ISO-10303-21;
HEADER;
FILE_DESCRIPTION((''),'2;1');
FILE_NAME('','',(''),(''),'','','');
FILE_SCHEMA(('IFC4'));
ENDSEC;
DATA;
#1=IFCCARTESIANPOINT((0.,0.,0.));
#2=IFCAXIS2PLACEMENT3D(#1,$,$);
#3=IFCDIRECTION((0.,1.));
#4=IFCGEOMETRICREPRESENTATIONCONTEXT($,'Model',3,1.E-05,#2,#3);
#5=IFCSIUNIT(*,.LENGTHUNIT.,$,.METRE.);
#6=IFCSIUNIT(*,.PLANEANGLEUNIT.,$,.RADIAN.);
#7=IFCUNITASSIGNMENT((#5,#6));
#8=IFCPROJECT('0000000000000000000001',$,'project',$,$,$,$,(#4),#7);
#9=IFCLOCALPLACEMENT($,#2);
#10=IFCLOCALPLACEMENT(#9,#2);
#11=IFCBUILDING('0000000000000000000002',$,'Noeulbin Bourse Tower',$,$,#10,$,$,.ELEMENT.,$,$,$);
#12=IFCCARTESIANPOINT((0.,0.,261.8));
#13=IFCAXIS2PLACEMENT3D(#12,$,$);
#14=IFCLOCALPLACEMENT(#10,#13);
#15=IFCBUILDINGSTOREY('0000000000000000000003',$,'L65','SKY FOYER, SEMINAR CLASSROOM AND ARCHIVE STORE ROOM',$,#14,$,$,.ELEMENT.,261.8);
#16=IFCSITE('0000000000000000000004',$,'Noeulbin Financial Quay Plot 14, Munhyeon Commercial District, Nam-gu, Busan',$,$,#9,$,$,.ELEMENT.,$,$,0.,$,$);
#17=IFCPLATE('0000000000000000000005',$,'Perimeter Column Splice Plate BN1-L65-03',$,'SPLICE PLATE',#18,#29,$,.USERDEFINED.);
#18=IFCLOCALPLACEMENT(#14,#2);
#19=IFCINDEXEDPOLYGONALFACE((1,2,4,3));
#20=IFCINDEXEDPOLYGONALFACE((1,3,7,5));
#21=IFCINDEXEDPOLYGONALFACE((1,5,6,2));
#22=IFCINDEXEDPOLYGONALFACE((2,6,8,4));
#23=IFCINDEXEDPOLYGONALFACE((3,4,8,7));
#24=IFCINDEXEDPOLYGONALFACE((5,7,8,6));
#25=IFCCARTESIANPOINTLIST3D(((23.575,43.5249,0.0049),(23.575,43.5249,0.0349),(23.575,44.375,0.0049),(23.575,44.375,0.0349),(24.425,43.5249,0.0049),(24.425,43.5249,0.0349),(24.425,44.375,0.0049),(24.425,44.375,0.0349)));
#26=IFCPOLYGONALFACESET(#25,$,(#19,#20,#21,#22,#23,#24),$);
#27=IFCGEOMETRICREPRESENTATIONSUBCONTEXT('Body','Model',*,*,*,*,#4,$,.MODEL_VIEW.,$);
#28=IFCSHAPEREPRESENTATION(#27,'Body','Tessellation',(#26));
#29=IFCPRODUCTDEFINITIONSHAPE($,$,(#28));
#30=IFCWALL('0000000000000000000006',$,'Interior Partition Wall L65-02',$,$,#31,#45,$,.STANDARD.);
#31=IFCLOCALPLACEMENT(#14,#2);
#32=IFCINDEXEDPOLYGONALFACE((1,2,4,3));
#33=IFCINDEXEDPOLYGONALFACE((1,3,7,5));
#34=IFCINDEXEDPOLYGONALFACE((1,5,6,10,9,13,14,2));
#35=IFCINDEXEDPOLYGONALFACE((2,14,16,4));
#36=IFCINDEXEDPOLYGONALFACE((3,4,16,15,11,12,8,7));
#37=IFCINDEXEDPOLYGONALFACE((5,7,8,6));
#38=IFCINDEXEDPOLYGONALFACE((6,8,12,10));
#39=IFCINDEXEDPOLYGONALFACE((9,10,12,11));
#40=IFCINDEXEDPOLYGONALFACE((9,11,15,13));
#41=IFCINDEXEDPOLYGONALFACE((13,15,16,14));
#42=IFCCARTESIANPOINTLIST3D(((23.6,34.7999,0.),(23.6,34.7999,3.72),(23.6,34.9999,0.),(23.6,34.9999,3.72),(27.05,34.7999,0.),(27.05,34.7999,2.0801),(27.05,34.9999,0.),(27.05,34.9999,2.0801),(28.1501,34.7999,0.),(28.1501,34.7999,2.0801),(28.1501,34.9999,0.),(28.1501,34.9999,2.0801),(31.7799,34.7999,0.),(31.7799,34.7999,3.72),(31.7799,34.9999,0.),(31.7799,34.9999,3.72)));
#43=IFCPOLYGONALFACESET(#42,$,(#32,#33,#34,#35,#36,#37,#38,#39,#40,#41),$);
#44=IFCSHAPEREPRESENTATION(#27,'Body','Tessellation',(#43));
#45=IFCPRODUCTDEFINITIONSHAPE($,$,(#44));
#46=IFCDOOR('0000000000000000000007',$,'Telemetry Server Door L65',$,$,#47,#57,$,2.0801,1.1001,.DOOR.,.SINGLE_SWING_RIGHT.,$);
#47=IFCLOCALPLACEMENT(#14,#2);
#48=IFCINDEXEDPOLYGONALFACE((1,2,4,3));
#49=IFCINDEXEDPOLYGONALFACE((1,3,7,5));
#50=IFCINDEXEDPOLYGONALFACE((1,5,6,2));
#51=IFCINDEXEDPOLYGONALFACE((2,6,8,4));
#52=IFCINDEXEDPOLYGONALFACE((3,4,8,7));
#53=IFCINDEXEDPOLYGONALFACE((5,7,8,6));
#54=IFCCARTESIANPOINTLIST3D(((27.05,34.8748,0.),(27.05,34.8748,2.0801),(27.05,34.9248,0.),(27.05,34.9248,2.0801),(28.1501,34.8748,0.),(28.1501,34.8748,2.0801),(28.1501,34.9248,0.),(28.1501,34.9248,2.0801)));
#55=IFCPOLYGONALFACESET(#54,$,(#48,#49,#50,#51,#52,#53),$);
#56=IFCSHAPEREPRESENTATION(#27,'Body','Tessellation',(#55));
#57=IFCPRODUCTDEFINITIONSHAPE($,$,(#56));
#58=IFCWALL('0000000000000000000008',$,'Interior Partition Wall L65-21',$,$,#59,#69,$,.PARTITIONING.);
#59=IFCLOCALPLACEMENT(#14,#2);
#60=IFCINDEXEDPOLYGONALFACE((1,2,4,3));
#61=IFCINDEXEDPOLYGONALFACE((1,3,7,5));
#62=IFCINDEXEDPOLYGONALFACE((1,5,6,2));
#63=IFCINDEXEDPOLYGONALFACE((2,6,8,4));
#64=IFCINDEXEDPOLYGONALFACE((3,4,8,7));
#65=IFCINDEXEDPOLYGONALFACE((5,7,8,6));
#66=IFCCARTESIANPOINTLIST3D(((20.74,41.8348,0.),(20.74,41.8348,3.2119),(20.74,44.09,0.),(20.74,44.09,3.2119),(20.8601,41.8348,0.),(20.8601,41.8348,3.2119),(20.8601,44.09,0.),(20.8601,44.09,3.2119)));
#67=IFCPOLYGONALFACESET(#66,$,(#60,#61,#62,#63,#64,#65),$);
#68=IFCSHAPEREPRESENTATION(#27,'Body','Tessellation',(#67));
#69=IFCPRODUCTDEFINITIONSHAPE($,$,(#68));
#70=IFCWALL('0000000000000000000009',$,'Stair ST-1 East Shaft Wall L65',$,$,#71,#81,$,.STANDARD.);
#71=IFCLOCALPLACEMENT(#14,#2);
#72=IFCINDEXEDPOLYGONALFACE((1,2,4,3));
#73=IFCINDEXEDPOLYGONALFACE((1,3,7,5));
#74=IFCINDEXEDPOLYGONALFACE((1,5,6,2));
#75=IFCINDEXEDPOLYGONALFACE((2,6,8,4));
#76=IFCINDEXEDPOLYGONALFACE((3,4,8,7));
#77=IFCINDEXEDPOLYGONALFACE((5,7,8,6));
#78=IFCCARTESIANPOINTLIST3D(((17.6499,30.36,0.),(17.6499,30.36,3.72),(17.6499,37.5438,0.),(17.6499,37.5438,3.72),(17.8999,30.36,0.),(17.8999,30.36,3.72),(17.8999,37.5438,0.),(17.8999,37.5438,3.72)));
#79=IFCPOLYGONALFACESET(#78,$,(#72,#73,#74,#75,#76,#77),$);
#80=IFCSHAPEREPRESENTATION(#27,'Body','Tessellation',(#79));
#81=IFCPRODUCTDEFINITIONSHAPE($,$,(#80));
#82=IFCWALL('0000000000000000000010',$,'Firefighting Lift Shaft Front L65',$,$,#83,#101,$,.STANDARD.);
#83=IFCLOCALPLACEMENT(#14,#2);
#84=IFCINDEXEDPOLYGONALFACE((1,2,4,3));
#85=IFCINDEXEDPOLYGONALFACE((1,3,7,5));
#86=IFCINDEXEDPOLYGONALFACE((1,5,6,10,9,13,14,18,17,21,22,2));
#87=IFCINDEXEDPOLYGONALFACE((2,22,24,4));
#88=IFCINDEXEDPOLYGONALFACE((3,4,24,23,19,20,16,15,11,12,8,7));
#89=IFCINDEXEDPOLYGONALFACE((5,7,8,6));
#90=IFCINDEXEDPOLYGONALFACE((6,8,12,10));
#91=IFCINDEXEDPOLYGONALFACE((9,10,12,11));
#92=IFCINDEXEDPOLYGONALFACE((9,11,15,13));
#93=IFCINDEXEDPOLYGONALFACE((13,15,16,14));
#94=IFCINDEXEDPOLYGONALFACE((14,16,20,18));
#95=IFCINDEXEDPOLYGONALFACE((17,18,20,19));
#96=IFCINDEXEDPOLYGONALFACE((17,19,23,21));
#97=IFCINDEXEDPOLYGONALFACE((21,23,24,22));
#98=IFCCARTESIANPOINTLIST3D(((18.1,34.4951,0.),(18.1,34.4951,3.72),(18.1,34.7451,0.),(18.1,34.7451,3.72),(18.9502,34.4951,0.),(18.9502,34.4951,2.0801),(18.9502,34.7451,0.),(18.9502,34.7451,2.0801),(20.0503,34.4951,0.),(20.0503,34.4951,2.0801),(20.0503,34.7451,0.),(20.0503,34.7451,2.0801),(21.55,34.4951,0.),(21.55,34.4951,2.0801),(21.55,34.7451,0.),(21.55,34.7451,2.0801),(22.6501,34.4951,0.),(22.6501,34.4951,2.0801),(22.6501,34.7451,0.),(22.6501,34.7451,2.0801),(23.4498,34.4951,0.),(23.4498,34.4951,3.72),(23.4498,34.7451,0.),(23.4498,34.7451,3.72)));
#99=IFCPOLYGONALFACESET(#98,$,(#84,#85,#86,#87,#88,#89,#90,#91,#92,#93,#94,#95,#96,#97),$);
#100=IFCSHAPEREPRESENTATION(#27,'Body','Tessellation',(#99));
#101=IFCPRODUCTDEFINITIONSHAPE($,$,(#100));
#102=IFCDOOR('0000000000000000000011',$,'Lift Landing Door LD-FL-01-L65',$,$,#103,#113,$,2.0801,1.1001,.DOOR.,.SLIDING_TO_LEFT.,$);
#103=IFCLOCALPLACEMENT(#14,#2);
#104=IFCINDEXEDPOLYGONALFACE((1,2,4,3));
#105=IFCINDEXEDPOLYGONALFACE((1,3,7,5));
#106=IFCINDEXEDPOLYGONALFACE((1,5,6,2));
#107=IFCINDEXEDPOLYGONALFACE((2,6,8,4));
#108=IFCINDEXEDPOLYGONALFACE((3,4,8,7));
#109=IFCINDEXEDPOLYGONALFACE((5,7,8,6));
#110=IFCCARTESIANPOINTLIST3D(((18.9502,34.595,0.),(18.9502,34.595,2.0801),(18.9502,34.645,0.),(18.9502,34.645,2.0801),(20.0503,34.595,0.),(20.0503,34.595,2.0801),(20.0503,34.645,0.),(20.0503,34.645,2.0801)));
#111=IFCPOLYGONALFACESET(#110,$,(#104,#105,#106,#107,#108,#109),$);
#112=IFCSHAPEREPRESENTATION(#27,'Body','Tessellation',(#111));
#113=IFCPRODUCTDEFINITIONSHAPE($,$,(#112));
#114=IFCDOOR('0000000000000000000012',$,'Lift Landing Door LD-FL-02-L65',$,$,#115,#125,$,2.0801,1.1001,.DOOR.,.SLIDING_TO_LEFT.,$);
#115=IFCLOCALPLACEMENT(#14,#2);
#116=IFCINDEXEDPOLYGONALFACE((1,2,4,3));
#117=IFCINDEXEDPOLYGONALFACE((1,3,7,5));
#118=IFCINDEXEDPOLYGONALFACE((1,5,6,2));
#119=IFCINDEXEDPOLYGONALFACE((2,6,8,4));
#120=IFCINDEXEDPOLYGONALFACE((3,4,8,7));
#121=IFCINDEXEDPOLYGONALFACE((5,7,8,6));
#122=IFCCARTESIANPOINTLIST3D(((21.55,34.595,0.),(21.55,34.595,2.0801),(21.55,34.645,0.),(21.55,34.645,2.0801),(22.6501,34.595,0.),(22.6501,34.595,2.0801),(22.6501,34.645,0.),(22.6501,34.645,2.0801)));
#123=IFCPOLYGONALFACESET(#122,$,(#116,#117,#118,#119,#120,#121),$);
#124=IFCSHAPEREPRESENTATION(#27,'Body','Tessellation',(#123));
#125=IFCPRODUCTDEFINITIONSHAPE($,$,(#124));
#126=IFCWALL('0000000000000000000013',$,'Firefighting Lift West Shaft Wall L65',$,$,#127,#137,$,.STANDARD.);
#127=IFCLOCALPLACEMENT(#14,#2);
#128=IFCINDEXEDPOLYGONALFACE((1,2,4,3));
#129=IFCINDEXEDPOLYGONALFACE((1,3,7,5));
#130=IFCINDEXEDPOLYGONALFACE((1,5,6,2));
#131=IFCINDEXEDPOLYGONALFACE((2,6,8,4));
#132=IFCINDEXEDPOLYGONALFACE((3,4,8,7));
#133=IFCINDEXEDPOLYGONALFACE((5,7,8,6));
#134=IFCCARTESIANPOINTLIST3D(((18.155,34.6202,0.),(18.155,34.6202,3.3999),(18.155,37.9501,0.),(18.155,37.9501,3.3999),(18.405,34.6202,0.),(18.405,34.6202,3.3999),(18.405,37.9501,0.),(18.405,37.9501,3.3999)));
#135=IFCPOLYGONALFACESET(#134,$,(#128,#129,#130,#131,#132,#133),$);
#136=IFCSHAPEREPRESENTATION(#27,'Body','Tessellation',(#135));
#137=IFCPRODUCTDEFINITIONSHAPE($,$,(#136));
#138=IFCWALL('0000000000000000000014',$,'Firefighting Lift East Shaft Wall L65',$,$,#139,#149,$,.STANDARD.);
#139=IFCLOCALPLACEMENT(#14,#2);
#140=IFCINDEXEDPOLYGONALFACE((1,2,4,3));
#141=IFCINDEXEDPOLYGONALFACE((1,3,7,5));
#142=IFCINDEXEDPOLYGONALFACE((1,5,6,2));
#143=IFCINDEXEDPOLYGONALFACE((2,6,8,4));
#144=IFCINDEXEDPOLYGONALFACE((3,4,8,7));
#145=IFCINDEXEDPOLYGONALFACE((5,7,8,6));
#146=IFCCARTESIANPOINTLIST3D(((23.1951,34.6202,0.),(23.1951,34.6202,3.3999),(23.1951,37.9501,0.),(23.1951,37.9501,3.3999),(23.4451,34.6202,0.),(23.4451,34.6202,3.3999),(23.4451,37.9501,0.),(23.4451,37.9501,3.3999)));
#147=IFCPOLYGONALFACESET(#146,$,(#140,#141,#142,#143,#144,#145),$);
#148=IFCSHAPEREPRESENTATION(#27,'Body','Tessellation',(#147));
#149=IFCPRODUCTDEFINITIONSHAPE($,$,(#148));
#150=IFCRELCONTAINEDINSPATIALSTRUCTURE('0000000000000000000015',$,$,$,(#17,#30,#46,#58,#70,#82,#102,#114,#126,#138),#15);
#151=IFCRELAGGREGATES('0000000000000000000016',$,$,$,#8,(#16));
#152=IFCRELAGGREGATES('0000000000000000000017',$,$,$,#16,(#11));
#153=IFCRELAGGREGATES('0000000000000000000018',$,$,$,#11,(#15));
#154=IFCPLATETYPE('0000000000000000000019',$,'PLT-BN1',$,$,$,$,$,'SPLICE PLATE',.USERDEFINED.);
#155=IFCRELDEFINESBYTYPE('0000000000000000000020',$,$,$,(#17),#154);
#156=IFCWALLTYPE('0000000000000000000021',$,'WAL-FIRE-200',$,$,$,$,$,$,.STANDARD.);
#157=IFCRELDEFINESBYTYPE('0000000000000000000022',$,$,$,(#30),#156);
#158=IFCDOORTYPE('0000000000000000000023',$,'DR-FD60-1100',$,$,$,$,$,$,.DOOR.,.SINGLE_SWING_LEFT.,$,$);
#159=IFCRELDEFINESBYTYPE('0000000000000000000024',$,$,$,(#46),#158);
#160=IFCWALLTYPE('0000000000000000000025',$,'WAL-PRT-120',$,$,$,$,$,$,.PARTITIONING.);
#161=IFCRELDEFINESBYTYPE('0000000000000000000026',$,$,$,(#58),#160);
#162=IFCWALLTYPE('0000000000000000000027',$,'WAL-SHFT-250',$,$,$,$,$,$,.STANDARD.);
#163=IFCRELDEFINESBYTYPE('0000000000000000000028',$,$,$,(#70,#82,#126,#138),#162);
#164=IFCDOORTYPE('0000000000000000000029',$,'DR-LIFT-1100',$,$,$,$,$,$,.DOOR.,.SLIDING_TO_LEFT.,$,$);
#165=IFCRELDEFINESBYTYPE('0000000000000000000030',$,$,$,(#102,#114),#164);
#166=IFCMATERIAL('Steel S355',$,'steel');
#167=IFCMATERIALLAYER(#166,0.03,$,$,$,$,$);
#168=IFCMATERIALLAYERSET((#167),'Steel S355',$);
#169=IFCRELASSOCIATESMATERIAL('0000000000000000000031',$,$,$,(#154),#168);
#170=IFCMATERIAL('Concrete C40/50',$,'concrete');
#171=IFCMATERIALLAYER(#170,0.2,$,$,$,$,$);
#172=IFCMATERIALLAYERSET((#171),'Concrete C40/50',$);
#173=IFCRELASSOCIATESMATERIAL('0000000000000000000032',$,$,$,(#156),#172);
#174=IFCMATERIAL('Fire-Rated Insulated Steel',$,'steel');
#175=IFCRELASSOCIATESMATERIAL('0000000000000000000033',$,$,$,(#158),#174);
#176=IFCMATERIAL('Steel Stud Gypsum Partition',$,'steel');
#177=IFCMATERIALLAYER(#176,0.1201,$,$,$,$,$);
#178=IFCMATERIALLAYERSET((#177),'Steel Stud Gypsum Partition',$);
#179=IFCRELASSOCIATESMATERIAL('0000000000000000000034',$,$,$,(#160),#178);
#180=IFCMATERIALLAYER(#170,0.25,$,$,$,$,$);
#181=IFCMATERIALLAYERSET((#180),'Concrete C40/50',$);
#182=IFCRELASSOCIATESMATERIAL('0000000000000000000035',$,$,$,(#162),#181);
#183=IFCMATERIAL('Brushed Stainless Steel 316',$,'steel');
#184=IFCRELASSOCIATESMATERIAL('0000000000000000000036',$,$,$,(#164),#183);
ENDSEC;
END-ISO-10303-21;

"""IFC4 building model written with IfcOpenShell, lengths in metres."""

from ifc_helpers import new_model, si_unit, direction, frame, frame_2d, origin, origin_2d, place, context, subcontext, project, spatial, rectangle, extrude, material, layer, layer_set, type_object, element, fill, save


model = new_model("IFC4")

# Units and contexts
model_context = context("Model", 3, precision=1e-05, world=origin(), true_north=direction((0.0, 1.0)))
body_context = subcontext(model_context, "Body", "Model", "MODEL_VIEW")
ifc_project = project(units=[si_unit("LENGTHUNIT", "METRE"), si_unit("PLANEANGLEUNIT", "RADIAN")], contexts=[model_context])

# Site, building, storey
site_placement = place(None, origin())
site = spatial("IfcSite", under=ifc_project, at=site_placement, Name="Noeulbin Financial Quay Plot 14, Munhyeon Commercial District, Nam-gu, Busan", CompositionType="ELEMENT", RefElevation=0.0)
building_placement = place(site_placement, origin())
building = spatial("IfcBuilding", under=site, at=building_placement, Name="Noeulbin Bourse Tower", CompositionType="ELEMENT")
storey_placement = place(building_placement, frame((0.0, 0.0, 261.8)))
storey = spatial("IfcBuildingStorey", under=building, at=storey_placement, Name="L65", Description="SKY FOYER, SEMINAR CLASSROOM AND ARCHIVE STORE ROOM", CompositionType="ELEMENT", Elevation=261.8)

# Shared definitions
ifc_material_1 = material(Name="Steel S355", Category="steel")

# Plate
ifc_layer_1 = layer(ifc_material_1, 0.03)
ifc_layer_set_1 = layer_set([ifc_layer_1], Name="Steel S355")
plate_type_1 = type_object("IfcPlateType", Name="PLT-BN1", ElementType="SPLICE PLATE", PredefinedType="USERDEFINED", material=ifc_layer_set_1)
for number, where, z_axis, x_axis, name in (
    (1, (24.0, 43.95, 0.0049), (0.0, 0.0, 1.0), (1.0, 0.0, 0.0), "Perimeter Column Splice Plate BN1-L65-03"),
):
    element("IfcPlate", number, at=place(storey_placement, frame(where, z_axis=z_axis, x_axis=x_axis)), inside=storey, type_object=plate_type_1, Name=name, ObjectType="SPLICE PLATE", PredefinedType="USERDEFINED", context=body_context, shape_type="SweptSolid", body=[
        extrude(rectangle(XDim=0.8501, YDim=0.8501, at=origin_2d()), origin(), (0.0, 0.0, 1.0), 0.03),
    ])

# Wall, opening, door
ifc_material_2 = material(Name="Concrete C40/50", Category="concrete")
ifc_layer_2 = layer(ifc_material_2, 0.2)
ifc_layer_set_2 = layer_set([ifc_layer_2], Name="Concrete C40/50")
wall_type_1 = type_object("IfcWallType", Name="WAL-FIRE-200", PredefinedType="STANDARD", material=ifc_layer_set_2)
wall_1_placement = place(storey_placement, frame((23.6001, 34.8999, 0.0), z_axis=(0.0, 0.0, 1.0), x_axis=(1.0, 0.0, 0.0)))
wall_1 = element("IfcWall", 2, at=wall_1_placement, inside=storey, type_object=wall_type_1, Name="Interior Partition Wall L65-02", PredefinedType="STANDARD", context=body_context, shape_type="SweptSolid", body=[
    extrude(rectangle(XDim=8.1799, YDim=0.2, at=frame_2d((4.0898, 0.0))), origin(), (0.0, 0.0, 1.0), 3.72),
])
opening_1_placement = place(wall_1_placement, frame((3.45, 0.0, 0.0)))
opening_1 = element("IfcOpeningElement", 3, at=opening_1_placement, cuts=wall_1, PredefinedType="OPENING", context=body_context, shape_type="SweptSolid", body=[
    extrude(rectangle(XDim=1.1001, YDim=2.0801, at=frame_2d((0.55, 1.04))), frame((0.0, 0.1099, 0.0), z_axis=(0.0, -1.0, 0.0), x_axis=(1.0, 0.0, 0.0)), (0.0, 0.0, 1.0), 0.22),
])
ifc_material_3 = material(Name="Fire-Rated Insulated Steel", Category="steel")
door_type_1 = type_object("IfcDoorType", Name="DR-FD60-1100", OperationType="SINGLE_SWING_LEFT", PredefinedType="DOOR", material=ifc_material_3)
door_1_placement = place(opening_1_placement, origin())
door_1 = element("IfcDoor", 4, at=door_1_placement, inside=storey, type_object=door_type_1, Name="Telemetry Server Door L65", OperationType="SINGLE_SWING_RIGHT", OverallHeight=2.0801, OverallWidth=1.1001, PredefinedType="DOOR", context=body_context, shape_type="SweptSolid", body=[
    extrude(rectangle(XDim=1.1001, YDim=2.0801, at=frame_2d((0.55, 1.04))), frame((0.0, 0.0249, 0.0), z_axis=(0.0, -1.0, 0.0), x_axis=(1.0, 0.0, 0.0)), (0.0, 0.0, 1.0), 0.05),
])
fill(opening_1, door_1)

# Walls
ifc_material_4 = material(Name="Steel Stud Gypsum Partition", Category="steel")
ifc_layer_3 = layer(ifc_material_4, 0.1201)
ifc_layer_set_3 = layer_set([ifc_layer_3], Name="Steel Stud Gypsum Partition")
wall_type_2 = type_object("IfcWallType", Name="WAL-PRT-120", PredefinedType="PARTITIONING", material=ifc_layer_set_3)
wall_2_placement = place(storey_placement, frame((20.8, 41.835, 0.0), z_axis=(0.0, 0.0, 1.0), x_axis=(0.0, 1.0, 0.0)))
element("IfcWall", 5, at=wall_2_placement, inside=storey, type_object=wall_type_2, Name="Interior Partition Wall L65-21", PredefinedType="PARTITIONING", context=body_context, shape_type="SweptSolid", body=[
    extrude(rectangle(XDim=2.2551, YDim=0.1201, at=frame_2d((1.1274, 0.0))), origin(), (0.0, 0.0, 1.0), 3.2119),
])
ifc_layer_4 = layer(ifc_material_2, 0.25)
ifc_layer_set_4 = layer_set([ifc_layer_4], Name="Concrete C40/50")
wall_type_3 = type_object("IfcWallType", Name="WAL-SHFT-250", PredefinedType="STANDARD", material=ifc_layer_set_4)
wall_3_placement = place(storey_placement, frame((17.7749, 30.3601, 0.0), z_axis=(0.0, 0.0, 1.0), x_axis=(0.0, 1.0, 0.0)))
element("IfcWall", 6, at=wall_3_placement, inside=storey, type_object=wall_type_3, Name="Stair ST-1 East Shaft Wall L65", PredefinedType="STANDARD", context=body_context, shape_type="SweptSolid", body=[
    extrude(rectangle(XDim=7.1838, YDim=0.25, at=frame_2d((3.5918, 0.0))), origin(), (0.0, 0.0, 1.0), 3.72),
])

# Wall, openings, doors
wall_4_placement = place(storey_placement, frame((18.1001, 34.6201, 0.0), z_axis=(0.0, 0.0, 1.0), x_axis=(1.0, 0.0, 0.0)))
wall_4 = element("IfcWall", 7, at=wall_4_placement, inside=storey, type_object=wall_type_3, Name="Firefighting Lift Shaft Front L65", PredefinedType="STANDARD", context=body_context, shape_type="SweptSolid", body=[
    extrude(rectangle(XDim=5.3499, YDim=0.25, at=frame_2d((2.6748, 0.0))), origin(), (0.0, 0.0, 1.0), 3.72),
])
opening_2_placement = place(wall_4_placement, frame((0.8501, 0.0, 0.0)))
opening_2 = element("IfcOpeningElement", 8, at=opening_2_placement, cuts=wall_4, PredefinedType="OPENING", context=body_context, shape_type="SweptSolid", body=[
    extrude(rectangle(XDim=1.1001, YDim=2.0801, at=frame_2d((0.55, 1.04))), frame((0.0, 0.135, 0.0), z_axis=(0.0, -1.0, 0.0), x_axis=(1.0, 0.0, 0.0)), (0.0, 0.0, 1.0), 0.27),
])
opening_3_placement = place(wall_4_placement, frame((3.45, 0.0, 0.0)))
opening_3 = element("IfcOpeningElement", 9, at=opening_3_placement, cuts=wall_4, PredefinedType="OPENING", context=body_context, shape_type="SweptSolid", body=[
    extrude(rectangle(XDim=1.1001, YDim=2.0801, at=frame_2d((0.55, 1.04))), frame((0.0, 0.135, 0.0), z_axis=(0.0, -1.0, 0.0), x_axis=(1.0, 0.0, 0.0)), (0.0, 0.0, 1.0), 0.27),
])
ifc_material_5 = material(Name="Brushed Stainless Steel 316", Category="steel")
door_type_2 = type_object("IfcDoorType", Name="DR-LIFT-1100", OperationType="SLIDING_TO_LEFT", PredefinedType="DOOR", material=ifc_material_5)
door_2_placement = place(opening_2_placement, origin())
door_2 = element("IfcDoor", 10, at=door_2_placement, inside=storey, type_object=door_type_2, Name="Lift Landing Door LD-FL-01-L65", OperationType="SLIDING_TO_LEFT", OverallHeight=2.0801, OverallWidth=1.1001, PredefinedType="DOOR", context=body_context, shape_type="SweptSolid", body=[
    extrude(rectangle(XDim=1.1001, YDim=2.0801, at=frame_2d((0.55, 1.04))), frame((0.0, 0.0249, 0.0), z_axis=(0.0, -1.0, 0.0), x_axis=(1.0, 0.0, 0.0)), (0.0, 0.0, 1.0), 0.05),
])
fill(opening_2, door_2)
door_3_placement = place(opening_3_placement, origin())
door_3 = element("IfcDoor", 11, at=door_3_placement, inside=storey, type_object=door_type_2, Name="Lift Landing Door LD-FL-02-L65", OperationType="SLIDING_TO_LEFT", OverallHeight=2.0801, OverallWidth=1.1001, PredefinedType="DOOR", context=body_context, shape_type="SweptSolid", body=[
    extrude(rectangle(XDim=1.1001, YDim=2.0801, at=frame_2d((0.55, 1.04))), frame((0.0, 0.0249, 0.0), z_axis=(0.0, -1.0, 0.0), x_axis=(1.0, 0.0, 0.0)), (0.0, 0.0, 1.0), 0.05),
])
fill(opening_3, door_3)

# Walls
for number, where, z_axis, x_axis, name in (
    (12, (18.28, 34.6201, 0.0), (0.0, 0.0, 1.0), (0.0, 1.0, 0.0), "Firefighting Lift West Shaft Wall L65"),
    (13, (23.3201, 34.6201, 0.0), (0.0, 0.0, 1.0), (0.0, 1.0, 0.0), "Firefighting Lift East Shaft Wall L65"),
):
    element("IfcWall", number, at=place(storey_placement, frame(where, z_axis=z_axis, x_axis=x_axis)), inside=storey, type_object=wall_type_3, Name=name, PredefinedType="STANDARD", context=body_context, shape_type="SweptSolid", body=[
        extrude(rectangle(XDim=3.3298, YDim=0.25, at=frame_2d((1.665, 0.0))), origin(), (0.0, 0.0, 1.0), 3.3999),
    ])

save(model, "model.ifc")
